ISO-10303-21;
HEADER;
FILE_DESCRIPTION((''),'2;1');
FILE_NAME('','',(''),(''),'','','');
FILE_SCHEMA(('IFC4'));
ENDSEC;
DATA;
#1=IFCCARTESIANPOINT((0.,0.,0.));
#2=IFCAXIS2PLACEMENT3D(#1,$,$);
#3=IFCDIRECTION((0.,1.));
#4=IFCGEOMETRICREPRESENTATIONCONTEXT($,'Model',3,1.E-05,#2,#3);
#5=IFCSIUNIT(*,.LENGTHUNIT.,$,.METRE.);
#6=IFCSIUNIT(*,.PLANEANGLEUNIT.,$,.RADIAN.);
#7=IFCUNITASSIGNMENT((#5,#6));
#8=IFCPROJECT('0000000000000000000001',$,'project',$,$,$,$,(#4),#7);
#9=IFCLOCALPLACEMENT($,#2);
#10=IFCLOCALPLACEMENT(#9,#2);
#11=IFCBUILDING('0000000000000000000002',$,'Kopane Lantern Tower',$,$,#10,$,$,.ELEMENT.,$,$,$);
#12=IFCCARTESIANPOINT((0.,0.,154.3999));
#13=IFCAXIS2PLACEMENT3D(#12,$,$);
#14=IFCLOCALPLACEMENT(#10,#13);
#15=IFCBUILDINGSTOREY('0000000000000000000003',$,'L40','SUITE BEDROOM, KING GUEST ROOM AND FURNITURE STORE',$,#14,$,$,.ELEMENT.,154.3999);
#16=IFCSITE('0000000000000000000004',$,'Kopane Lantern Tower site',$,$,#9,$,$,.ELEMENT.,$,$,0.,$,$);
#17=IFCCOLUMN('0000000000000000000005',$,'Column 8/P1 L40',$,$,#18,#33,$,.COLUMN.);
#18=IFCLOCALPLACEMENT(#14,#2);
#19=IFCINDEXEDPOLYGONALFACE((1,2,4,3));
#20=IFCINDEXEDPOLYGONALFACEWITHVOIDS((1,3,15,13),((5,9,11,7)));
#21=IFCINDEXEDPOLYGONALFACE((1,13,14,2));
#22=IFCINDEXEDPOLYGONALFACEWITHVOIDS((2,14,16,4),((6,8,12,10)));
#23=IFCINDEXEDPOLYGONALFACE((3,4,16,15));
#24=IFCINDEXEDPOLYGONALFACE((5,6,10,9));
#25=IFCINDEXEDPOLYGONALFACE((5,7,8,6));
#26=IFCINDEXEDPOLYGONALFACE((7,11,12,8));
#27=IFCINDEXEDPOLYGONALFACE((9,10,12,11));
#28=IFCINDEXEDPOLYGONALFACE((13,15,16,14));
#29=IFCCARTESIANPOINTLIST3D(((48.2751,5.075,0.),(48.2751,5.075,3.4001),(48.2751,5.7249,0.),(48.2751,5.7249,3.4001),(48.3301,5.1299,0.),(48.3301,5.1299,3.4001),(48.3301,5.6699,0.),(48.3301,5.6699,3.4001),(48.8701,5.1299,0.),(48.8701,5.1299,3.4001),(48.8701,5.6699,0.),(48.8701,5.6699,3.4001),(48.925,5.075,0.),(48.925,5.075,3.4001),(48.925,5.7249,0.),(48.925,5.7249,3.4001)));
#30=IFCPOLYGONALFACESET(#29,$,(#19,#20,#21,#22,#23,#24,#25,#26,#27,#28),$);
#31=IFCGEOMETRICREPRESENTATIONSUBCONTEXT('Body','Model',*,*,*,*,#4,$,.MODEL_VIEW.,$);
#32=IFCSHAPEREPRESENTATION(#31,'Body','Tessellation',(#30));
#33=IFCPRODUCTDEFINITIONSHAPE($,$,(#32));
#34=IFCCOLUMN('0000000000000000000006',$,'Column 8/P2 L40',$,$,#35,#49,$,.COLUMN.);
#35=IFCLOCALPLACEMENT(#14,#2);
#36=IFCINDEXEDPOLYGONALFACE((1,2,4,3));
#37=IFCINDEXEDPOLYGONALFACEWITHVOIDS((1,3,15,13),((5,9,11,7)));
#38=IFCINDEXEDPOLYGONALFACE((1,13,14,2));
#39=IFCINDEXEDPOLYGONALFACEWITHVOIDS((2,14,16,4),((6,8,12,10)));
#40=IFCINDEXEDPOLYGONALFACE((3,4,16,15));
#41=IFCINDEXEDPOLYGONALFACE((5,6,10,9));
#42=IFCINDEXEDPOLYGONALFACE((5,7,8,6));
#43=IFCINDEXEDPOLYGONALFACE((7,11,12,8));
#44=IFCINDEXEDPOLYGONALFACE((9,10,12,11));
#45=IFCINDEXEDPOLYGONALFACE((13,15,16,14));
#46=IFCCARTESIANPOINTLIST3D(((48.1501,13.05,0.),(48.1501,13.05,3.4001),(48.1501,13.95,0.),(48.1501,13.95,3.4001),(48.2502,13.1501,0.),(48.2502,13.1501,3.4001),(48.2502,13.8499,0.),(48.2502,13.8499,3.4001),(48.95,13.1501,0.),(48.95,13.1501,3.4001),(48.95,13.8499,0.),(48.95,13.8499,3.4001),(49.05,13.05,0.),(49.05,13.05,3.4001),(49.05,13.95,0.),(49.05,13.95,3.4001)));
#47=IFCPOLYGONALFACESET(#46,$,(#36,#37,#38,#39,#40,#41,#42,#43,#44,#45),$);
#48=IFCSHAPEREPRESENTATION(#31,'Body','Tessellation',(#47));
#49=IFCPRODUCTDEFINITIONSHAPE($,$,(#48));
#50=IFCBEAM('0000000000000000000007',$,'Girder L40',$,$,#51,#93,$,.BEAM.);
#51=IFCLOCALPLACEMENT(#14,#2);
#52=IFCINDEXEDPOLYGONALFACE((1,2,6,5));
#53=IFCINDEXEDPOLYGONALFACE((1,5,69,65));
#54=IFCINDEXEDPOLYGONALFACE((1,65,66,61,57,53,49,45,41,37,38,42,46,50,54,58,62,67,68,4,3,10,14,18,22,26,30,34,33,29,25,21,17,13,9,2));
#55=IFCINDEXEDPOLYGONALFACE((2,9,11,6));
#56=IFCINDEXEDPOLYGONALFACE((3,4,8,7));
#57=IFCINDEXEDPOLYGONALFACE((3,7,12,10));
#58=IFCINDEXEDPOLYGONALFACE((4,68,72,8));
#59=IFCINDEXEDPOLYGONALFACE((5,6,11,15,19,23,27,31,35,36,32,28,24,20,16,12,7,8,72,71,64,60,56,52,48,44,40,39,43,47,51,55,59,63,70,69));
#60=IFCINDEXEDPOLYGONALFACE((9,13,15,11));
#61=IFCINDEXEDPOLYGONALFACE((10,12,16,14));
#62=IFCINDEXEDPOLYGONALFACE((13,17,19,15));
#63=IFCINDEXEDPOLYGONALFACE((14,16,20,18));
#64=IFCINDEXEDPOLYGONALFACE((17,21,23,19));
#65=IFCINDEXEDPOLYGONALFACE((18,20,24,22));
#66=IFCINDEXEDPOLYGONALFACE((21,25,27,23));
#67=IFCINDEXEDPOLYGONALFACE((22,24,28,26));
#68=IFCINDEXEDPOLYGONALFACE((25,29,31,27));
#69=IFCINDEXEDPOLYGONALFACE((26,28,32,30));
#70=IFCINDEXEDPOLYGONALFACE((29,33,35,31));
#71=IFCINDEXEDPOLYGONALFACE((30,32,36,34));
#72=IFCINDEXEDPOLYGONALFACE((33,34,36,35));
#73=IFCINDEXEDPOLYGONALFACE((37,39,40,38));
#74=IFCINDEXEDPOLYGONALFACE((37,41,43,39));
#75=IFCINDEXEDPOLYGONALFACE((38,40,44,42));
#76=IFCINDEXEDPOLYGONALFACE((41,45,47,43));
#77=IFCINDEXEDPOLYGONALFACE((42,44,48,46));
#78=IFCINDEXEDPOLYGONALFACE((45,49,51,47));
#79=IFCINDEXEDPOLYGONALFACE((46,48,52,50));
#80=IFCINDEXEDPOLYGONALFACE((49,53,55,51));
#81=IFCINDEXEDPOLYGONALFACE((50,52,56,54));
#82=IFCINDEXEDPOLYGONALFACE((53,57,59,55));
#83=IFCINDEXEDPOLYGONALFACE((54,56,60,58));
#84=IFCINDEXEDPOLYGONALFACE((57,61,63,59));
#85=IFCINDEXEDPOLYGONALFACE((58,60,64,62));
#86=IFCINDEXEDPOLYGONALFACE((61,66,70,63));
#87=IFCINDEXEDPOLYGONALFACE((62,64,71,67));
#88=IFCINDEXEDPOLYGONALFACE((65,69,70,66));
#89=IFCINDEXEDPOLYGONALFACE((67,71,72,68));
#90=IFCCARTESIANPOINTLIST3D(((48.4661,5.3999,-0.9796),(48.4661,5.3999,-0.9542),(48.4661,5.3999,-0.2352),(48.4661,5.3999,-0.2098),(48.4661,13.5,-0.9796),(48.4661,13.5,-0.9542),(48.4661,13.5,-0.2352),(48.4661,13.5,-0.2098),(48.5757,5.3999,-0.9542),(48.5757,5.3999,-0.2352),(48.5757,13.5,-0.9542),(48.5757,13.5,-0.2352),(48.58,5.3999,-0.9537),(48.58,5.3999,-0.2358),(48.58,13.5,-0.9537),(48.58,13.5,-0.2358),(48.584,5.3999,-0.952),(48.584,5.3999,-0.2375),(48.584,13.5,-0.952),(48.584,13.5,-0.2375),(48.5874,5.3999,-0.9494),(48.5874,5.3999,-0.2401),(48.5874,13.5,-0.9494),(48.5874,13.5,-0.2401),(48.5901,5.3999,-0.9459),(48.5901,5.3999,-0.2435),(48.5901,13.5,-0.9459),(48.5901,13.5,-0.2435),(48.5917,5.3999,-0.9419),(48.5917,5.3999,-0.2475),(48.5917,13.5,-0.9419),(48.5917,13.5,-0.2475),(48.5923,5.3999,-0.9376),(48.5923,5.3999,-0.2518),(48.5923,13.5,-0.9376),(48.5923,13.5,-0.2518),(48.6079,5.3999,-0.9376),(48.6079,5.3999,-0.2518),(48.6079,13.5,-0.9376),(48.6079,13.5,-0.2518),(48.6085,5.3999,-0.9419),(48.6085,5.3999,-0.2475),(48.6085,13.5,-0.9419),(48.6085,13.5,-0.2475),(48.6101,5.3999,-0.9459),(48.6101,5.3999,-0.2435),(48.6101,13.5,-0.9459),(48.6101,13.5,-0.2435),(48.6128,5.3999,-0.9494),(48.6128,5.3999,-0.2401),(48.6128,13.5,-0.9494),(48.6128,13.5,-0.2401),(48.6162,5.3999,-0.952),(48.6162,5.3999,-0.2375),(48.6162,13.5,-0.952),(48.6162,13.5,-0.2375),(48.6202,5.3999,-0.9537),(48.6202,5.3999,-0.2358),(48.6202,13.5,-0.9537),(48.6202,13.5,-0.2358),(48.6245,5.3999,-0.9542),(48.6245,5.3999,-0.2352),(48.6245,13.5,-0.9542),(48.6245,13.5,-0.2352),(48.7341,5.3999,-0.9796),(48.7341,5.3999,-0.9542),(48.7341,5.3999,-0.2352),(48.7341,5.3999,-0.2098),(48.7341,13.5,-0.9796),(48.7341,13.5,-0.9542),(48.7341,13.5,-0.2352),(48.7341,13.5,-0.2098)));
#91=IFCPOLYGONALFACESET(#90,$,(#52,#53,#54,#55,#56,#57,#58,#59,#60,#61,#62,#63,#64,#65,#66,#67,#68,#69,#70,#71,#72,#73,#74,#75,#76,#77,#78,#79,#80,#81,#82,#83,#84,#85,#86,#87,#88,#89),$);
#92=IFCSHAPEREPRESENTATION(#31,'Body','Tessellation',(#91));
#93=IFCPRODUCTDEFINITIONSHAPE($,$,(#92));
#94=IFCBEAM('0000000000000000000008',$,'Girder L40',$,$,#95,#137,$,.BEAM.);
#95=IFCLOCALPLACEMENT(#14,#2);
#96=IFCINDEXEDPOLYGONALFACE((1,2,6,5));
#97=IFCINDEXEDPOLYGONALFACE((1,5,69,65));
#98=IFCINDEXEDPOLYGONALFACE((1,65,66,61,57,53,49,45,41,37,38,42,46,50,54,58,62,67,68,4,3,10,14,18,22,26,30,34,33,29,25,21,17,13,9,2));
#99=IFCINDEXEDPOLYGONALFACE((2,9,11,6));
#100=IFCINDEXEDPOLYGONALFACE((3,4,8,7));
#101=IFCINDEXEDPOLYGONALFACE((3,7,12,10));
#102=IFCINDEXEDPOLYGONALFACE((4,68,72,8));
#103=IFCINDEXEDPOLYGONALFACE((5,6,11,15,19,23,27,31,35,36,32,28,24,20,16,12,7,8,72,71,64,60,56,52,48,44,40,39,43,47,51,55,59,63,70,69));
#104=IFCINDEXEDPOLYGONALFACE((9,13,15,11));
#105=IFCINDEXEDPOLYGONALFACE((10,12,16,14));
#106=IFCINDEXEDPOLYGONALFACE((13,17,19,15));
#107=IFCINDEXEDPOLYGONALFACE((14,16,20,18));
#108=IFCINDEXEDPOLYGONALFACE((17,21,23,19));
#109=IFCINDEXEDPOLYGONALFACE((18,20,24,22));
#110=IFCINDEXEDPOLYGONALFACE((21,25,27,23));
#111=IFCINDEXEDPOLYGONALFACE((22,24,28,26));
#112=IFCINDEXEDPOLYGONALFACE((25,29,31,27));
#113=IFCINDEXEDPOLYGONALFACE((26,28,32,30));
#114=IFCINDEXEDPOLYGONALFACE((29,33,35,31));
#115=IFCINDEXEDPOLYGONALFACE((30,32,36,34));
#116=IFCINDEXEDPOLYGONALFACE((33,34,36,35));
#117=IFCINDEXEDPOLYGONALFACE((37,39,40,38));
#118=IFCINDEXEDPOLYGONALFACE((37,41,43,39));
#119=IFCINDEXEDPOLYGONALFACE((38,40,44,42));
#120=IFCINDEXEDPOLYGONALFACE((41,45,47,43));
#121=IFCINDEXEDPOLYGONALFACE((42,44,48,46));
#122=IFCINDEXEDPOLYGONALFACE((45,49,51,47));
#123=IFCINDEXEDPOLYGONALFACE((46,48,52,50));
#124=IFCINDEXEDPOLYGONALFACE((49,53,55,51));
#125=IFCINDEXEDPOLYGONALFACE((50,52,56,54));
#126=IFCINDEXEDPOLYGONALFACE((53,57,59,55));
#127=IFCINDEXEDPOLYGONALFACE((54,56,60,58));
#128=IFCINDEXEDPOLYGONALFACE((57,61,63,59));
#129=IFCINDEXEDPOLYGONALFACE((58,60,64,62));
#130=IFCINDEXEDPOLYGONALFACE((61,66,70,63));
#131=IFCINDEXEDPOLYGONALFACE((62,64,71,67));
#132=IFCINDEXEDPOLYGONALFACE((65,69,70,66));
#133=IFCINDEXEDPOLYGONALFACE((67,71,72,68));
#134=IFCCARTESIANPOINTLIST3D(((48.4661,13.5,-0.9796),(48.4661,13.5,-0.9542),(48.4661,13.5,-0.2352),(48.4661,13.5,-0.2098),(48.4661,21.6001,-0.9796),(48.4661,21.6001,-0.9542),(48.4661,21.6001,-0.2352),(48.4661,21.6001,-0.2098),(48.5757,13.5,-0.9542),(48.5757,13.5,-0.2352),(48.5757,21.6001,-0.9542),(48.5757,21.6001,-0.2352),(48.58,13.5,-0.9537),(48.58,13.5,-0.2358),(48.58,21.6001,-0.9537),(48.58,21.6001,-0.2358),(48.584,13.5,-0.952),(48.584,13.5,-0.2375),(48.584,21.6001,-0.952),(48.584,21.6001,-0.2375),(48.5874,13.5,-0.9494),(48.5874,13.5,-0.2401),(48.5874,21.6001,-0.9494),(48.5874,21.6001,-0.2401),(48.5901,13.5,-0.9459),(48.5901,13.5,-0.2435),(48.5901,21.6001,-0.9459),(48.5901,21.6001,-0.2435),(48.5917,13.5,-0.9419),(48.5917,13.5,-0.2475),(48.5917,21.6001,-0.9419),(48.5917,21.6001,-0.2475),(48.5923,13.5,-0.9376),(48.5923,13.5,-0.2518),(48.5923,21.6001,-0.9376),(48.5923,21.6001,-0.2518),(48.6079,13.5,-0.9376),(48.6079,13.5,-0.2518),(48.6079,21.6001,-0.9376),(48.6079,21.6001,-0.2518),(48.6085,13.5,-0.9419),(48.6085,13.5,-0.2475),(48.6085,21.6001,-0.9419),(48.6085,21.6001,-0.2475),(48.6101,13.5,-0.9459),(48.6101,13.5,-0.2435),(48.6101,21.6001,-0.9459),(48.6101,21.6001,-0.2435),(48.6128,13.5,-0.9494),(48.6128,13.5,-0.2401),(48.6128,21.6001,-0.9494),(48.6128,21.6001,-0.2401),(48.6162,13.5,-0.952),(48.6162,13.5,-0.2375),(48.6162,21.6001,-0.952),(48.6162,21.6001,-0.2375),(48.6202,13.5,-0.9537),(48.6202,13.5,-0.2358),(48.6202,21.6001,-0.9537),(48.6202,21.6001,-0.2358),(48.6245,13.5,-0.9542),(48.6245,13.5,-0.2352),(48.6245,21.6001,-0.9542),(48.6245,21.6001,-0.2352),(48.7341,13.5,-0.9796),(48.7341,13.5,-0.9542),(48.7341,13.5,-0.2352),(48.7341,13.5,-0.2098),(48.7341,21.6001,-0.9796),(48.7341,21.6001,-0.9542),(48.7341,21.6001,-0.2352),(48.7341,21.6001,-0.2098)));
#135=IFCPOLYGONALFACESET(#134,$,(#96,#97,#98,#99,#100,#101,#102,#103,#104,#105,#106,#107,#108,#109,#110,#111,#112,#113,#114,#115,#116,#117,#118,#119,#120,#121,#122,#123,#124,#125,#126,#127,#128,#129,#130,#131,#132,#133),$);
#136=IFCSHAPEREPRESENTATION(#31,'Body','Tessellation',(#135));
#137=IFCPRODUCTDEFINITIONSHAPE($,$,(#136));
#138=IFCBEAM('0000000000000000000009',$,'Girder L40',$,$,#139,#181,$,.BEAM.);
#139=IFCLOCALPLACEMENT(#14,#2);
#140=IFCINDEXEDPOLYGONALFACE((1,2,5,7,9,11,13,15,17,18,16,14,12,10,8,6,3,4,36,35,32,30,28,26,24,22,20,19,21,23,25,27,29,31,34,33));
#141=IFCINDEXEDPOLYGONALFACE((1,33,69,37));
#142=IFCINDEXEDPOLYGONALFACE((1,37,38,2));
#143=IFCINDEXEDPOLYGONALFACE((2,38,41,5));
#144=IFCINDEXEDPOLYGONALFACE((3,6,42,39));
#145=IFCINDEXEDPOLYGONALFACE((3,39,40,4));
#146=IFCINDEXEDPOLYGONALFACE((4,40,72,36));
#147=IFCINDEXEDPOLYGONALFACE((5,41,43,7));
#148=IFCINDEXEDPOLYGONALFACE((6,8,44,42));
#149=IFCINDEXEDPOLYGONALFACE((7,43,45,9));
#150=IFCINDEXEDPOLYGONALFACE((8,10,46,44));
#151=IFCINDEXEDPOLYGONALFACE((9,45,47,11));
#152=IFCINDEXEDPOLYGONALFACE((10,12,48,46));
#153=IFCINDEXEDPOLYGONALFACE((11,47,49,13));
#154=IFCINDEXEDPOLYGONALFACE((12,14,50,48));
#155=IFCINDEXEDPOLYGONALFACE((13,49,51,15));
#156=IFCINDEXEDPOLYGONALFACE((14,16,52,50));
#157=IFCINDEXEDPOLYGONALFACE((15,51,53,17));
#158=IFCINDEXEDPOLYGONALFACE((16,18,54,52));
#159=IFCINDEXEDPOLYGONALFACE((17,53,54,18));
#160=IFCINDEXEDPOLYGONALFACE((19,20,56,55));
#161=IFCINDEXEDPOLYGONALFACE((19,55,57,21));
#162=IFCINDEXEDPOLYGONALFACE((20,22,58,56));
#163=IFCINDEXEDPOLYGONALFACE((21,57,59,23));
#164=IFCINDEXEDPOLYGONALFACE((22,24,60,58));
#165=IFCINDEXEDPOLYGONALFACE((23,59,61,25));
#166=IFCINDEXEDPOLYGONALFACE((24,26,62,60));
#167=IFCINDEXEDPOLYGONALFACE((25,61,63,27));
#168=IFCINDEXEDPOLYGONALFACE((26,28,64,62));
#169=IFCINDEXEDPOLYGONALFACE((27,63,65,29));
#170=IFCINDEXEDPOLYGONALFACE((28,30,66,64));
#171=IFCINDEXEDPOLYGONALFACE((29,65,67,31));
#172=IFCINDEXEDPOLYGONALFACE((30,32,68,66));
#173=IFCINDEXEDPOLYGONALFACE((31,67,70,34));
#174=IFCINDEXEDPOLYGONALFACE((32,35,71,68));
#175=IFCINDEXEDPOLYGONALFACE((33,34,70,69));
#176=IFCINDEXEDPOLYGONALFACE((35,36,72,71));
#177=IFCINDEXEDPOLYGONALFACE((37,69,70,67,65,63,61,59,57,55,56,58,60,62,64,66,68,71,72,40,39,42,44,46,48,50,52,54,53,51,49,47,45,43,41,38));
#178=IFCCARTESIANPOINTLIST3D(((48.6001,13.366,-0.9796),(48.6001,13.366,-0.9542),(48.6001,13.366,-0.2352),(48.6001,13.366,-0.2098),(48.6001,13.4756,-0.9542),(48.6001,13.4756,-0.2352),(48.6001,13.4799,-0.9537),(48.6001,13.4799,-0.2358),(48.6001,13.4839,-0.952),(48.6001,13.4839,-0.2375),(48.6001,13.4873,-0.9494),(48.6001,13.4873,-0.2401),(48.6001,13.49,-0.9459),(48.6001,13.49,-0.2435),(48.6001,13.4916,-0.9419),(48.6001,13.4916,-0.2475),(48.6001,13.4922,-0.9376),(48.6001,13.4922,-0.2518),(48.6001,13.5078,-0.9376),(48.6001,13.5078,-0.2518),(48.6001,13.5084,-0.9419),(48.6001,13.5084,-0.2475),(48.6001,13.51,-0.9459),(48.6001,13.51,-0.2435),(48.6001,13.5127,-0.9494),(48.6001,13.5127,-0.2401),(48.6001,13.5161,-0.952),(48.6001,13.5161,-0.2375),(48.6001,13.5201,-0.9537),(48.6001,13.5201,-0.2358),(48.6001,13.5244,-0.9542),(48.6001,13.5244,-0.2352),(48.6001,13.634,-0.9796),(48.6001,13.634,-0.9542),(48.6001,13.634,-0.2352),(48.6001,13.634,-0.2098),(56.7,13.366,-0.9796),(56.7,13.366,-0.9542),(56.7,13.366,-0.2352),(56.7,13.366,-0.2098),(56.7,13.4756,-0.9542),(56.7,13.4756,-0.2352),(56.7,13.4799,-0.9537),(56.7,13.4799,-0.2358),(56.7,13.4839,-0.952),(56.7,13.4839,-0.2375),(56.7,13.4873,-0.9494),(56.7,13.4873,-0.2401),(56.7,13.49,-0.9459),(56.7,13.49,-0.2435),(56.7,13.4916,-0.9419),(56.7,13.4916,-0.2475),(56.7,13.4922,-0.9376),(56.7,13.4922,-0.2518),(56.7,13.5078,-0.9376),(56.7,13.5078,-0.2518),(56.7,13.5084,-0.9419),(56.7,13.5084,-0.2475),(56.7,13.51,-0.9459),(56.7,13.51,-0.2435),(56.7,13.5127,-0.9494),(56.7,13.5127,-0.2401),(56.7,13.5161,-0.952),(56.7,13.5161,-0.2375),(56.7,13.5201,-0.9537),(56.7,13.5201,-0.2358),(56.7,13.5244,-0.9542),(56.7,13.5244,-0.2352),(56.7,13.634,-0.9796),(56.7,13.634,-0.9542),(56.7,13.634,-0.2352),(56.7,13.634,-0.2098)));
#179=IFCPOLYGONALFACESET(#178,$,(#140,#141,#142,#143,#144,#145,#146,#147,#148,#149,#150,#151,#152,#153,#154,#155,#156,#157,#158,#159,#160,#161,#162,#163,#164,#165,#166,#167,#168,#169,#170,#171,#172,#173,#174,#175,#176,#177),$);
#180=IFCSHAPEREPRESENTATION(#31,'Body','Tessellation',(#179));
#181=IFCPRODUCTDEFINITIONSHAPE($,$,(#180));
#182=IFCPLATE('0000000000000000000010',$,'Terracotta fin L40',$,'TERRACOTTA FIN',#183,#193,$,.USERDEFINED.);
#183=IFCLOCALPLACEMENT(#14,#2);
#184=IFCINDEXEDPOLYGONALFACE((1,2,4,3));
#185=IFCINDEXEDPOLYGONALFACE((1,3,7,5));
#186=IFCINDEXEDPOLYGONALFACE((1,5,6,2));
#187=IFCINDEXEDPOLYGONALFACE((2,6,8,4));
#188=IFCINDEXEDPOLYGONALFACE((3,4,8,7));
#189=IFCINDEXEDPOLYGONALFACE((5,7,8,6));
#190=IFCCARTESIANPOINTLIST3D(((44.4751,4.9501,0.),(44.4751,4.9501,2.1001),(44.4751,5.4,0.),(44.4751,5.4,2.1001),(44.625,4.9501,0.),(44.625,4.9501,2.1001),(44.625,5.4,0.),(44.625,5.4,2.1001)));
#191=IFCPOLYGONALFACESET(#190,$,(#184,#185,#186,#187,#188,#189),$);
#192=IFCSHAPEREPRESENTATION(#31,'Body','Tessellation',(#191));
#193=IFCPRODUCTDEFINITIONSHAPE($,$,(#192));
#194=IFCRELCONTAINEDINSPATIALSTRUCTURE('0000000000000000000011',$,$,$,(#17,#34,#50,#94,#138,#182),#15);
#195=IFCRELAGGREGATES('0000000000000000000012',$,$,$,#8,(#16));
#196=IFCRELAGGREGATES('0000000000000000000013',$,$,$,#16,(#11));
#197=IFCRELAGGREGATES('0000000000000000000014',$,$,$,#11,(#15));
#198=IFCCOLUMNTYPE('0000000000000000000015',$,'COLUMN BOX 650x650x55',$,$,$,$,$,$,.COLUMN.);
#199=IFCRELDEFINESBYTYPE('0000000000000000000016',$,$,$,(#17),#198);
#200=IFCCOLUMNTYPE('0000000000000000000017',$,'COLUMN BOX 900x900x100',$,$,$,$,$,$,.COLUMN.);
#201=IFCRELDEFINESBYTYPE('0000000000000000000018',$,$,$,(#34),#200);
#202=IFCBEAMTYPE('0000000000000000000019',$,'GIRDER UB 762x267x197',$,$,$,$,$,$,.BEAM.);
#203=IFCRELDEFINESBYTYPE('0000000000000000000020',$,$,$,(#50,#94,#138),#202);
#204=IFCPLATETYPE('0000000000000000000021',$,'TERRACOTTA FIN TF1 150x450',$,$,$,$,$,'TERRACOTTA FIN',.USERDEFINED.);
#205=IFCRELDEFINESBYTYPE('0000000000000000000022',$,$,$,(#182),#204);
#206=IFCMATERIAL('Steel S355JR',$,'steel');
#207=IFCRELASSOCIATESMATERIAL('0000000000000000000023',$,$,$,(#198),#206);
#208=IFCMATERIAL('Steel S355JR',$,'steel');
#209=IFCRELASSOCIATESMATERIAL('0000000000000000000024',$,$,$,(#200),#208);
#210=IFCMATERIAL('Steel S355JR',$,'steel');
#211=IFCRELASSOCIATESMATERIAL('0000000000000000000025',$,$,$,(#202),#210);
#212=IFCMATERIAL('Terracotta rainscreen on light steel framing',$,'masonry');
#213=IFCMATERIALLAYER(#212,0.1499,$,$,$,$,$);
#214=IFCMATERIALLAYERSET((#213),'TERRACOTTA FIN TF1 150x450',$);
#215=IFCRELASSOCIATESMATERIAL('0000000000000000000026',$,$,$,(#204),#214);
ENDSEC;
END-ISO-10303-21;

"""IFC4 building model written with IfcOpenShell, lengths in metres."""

from ifc_helpers import new_model, si_unit, direction, frame, origin, origin_2d, place, context, subcontext, project, spatial, rectangle, hollow_rectangle, i_section, extrude, material, layer, layer_set, material_profile, profile_set, type_object, element, save


model = new_model("IFC4")

# Units and contexts
model_context = context("Model", 3, precision=1e-05, world=origin(), true_north=direction((0.0, 1.0)))
body_context = subcontext(model_context, "Body", "Model", "MODEL_VIEW")
ifc_project = project(units=[si_unit("LENGTHUNIT", "METRE"), si_unit("PLANEANGLEUNIT", "RADIAN")], contexts=[model_context])

# Site, building, storey
site_placement = place(None, origin())
site = spatial("IfcSite", under=ifc_project, at=site_placement, Name="Kopane Lantern Tower site", CompositionType="ELEMENT", RefElevation=0.0)
building_placement = place(site_placement, origin())
building = spatial("IfcBuilding", under=site, at=building_placement, Name="Kopane Lantern Tower", CompositionType="ELEMENT")
storey_placement = place(building_placement, frame((0.0, 0.0, 154.3999)))
storey = spatial("IfcBuildingStorey", under=building, at=storey_placement, Name="L40", Description="SUITE BEDROOM, KING GUEST ROOM AND FURNITURE STORE", CompositionType="ELEMENT", Elevation=154.3999)

# Columns
ifc_material_1 = material(Name="Steel S355JR", Category="steel")
ifc_material_profile_1 = material_profile(ifc_material_1, hollow_rectangle(XDim=0.6499, YDim=0.6499, WallThickness=0.0549, at=origin_2d()), Name="BOX 650x650x55")
ifc_profile_set_1 = profile_set([ifc_material_profile_1], Name="Steel S355JR")
column_type_1 = type_object("IfcColumnType", Name="COLUMN BOX 650x650x55", PredefinedType="COLUMN", material=ifc_profile_set_1)
column_1_placement = place(storey_placement, frame((48.6001, 5.3999, 0.0), z_axis=(0.0, 0.0, 1.0), x_axis=(1.0, 0.0, 0.0)))
element("IfcColumn", 1, at=column_1_placement, inside=storey, type_object=column_type_1, Name="Column 8/P1 L40", PredefinedType="COLUMN", context=body_context, shape_type="SweptSolid", body=[
    extrude(hollow_rectangle(XDim=0.6499, YDim=0.6499, WallThickness=0.0549, at=origin_2d()), origin(), (0.0, 0.0, 1.0), 3.4001),
])
ifc_material_2 = material(Name="Steel S355JR", Category="steel")
ifc_material_profile_2 = material_profile(ifc_material_2, hollow_rectangle(XDim=0.8999, YDim=0.8999, WallThickness=0.1001, at=origin_2d()), Name="BOX 900x900x100")
ifc_profile_set_2 = profile_set([ifc_material_profile_2], Name="Steel S355JR")
column_type_2 = type_object("IfcColumnType", Name="COLUMN BOX 900x900x100", PredefinedType="COLUMN", material=ifc_profile_set_2)
column_2_placement = place(storey_placement, frame((48.6001, 13.5, 0.0), z_axis=(0.0, 0.0, 1.0), x_axis=(1.0, 0.0, 0.0)))
element("IfcColumn", 2, at=column_2_placement, inside=storey, type_object=column_type_2, Name="Column 8/P2 L40", PredefinedType="COLUMN", context=body_context, shape_type="SweptSolid", body=[
    extrude(hollow_rectangle(XDim=0.8999, YDim=0.8999, WallThickness=0.1001, at=origin_2d()), origin(), (0.0, 0.0, 1.0), 3.4001),
])

# Beams
ifc_material_3 = material(Name="Steel S355JR", Category="steel")
ifc_material_profile_3 = material_profile(ifc_material_3, i_section(OverallWidth=0.2681, OverallDepth=0.7698, WebThickness=0.0156, FlangeThickness=0.0254, FilletRadius=0.0166, at=origin_2d()), Name="UB 762x267x197")
ifc_profile_set_3 = profile_set([ifc_material_profile_3], Name="Steel S355JR")
beam_type = type_object("IfcBeamType", Name="GIRDER UB 762x267x197", PredefinedType="BEAM", material=ifc_profile_set_3)
for number, where, z_axis, x_axis, name in (
    (3, (48.6001, 5.3999, -0.5947), (0.0, 1.0, 0.0), (-1.0, 0.0, 0.0), "Girder L40"),
    (4, (48.6001, 13.5, -0.5947), (0.0, 1.0, 0.0), (-1.0, 0.0, 0.0), "Girder L40"),
):
    element("IfcBeam", number, at=place(storey_placement, frame(where, z_axis=z_axis, x_axis=x_axis)), inside=storey, type_object=beam_type, Name=name, PredefinedType="BEAM", context=body_context, shape_type="SweptSolid", body=[
        extrude(i_section(OverallWidth=0.2681, OverallDepth=0.7698, WebThickness=0.0156, FlangeThickness=0.0254, FilletRadius=0.0166, at=origin_2d()), origin(), (0.0, 0.0, 1.0), 8.1001),
    ])
beam_placement = place(storey_placement, frame((48.6001, 13.5, -0.5947), z_axis=(1.0, 0.0, 0.0), x_axis=(0.0, 1.0, 0.0)))
element("IfcBeam", 5, at=beam_placement, inside=storey, type_object=beam_type, Name="Girder L40", PredefinedType="BEAM", context=body_context, shape_type="SweptSolid", body=[
    extrude(i_section(OverallWidth=0.2681, OverallDepth=0.7698, WebThickness=0.0156, FlangeThickness=0.0254, FilletRadius=0.0166, at=origin_2d()), origin(), (0.0, 0.0, 1.0), 8.0999),
])

# Plate
ifc_material_4 = material(Name="Terracotta rainscreen on light steel framing", Category="masonry")
ifc_layer_1 = layer(ifc_material_4, 0.1499)
ifc_layer_set_1 = layer_set([ifc_layer_1], Name="TERRACOTTA FIN TF1 150x450")
plate_type = type_object("IfcPlateType", Name="TERRACOTTA FIN TF1 150x450", ElementType="TERRACOTTA FIN", PredefinedType="USERDEFINED", material=ifc_layer_set_1)
plate_placement = place(storey_placement, frame((44.55, 5.175, 0.0), z_axis=(0.0, 0.0, 1.0), x_axis=(1.0, 0.0, 0.0)))
element("IfcPlate", 6, at=plate_placement, inside=storey, type_object=plate_type, Name="Terracotta fin L40", ObjectType="TERRACOTTA FIN", PredefinedType="USERDEFINED", context=body_context, shape_type="SweptSolid", body=[
    extrude(rectangle(XDim=0.1499, YDim=0.45, at=origin_2d()), origin(), (0.0, 0.0, 1.0), 2.1001),
])

save(model, "model.ifc")
